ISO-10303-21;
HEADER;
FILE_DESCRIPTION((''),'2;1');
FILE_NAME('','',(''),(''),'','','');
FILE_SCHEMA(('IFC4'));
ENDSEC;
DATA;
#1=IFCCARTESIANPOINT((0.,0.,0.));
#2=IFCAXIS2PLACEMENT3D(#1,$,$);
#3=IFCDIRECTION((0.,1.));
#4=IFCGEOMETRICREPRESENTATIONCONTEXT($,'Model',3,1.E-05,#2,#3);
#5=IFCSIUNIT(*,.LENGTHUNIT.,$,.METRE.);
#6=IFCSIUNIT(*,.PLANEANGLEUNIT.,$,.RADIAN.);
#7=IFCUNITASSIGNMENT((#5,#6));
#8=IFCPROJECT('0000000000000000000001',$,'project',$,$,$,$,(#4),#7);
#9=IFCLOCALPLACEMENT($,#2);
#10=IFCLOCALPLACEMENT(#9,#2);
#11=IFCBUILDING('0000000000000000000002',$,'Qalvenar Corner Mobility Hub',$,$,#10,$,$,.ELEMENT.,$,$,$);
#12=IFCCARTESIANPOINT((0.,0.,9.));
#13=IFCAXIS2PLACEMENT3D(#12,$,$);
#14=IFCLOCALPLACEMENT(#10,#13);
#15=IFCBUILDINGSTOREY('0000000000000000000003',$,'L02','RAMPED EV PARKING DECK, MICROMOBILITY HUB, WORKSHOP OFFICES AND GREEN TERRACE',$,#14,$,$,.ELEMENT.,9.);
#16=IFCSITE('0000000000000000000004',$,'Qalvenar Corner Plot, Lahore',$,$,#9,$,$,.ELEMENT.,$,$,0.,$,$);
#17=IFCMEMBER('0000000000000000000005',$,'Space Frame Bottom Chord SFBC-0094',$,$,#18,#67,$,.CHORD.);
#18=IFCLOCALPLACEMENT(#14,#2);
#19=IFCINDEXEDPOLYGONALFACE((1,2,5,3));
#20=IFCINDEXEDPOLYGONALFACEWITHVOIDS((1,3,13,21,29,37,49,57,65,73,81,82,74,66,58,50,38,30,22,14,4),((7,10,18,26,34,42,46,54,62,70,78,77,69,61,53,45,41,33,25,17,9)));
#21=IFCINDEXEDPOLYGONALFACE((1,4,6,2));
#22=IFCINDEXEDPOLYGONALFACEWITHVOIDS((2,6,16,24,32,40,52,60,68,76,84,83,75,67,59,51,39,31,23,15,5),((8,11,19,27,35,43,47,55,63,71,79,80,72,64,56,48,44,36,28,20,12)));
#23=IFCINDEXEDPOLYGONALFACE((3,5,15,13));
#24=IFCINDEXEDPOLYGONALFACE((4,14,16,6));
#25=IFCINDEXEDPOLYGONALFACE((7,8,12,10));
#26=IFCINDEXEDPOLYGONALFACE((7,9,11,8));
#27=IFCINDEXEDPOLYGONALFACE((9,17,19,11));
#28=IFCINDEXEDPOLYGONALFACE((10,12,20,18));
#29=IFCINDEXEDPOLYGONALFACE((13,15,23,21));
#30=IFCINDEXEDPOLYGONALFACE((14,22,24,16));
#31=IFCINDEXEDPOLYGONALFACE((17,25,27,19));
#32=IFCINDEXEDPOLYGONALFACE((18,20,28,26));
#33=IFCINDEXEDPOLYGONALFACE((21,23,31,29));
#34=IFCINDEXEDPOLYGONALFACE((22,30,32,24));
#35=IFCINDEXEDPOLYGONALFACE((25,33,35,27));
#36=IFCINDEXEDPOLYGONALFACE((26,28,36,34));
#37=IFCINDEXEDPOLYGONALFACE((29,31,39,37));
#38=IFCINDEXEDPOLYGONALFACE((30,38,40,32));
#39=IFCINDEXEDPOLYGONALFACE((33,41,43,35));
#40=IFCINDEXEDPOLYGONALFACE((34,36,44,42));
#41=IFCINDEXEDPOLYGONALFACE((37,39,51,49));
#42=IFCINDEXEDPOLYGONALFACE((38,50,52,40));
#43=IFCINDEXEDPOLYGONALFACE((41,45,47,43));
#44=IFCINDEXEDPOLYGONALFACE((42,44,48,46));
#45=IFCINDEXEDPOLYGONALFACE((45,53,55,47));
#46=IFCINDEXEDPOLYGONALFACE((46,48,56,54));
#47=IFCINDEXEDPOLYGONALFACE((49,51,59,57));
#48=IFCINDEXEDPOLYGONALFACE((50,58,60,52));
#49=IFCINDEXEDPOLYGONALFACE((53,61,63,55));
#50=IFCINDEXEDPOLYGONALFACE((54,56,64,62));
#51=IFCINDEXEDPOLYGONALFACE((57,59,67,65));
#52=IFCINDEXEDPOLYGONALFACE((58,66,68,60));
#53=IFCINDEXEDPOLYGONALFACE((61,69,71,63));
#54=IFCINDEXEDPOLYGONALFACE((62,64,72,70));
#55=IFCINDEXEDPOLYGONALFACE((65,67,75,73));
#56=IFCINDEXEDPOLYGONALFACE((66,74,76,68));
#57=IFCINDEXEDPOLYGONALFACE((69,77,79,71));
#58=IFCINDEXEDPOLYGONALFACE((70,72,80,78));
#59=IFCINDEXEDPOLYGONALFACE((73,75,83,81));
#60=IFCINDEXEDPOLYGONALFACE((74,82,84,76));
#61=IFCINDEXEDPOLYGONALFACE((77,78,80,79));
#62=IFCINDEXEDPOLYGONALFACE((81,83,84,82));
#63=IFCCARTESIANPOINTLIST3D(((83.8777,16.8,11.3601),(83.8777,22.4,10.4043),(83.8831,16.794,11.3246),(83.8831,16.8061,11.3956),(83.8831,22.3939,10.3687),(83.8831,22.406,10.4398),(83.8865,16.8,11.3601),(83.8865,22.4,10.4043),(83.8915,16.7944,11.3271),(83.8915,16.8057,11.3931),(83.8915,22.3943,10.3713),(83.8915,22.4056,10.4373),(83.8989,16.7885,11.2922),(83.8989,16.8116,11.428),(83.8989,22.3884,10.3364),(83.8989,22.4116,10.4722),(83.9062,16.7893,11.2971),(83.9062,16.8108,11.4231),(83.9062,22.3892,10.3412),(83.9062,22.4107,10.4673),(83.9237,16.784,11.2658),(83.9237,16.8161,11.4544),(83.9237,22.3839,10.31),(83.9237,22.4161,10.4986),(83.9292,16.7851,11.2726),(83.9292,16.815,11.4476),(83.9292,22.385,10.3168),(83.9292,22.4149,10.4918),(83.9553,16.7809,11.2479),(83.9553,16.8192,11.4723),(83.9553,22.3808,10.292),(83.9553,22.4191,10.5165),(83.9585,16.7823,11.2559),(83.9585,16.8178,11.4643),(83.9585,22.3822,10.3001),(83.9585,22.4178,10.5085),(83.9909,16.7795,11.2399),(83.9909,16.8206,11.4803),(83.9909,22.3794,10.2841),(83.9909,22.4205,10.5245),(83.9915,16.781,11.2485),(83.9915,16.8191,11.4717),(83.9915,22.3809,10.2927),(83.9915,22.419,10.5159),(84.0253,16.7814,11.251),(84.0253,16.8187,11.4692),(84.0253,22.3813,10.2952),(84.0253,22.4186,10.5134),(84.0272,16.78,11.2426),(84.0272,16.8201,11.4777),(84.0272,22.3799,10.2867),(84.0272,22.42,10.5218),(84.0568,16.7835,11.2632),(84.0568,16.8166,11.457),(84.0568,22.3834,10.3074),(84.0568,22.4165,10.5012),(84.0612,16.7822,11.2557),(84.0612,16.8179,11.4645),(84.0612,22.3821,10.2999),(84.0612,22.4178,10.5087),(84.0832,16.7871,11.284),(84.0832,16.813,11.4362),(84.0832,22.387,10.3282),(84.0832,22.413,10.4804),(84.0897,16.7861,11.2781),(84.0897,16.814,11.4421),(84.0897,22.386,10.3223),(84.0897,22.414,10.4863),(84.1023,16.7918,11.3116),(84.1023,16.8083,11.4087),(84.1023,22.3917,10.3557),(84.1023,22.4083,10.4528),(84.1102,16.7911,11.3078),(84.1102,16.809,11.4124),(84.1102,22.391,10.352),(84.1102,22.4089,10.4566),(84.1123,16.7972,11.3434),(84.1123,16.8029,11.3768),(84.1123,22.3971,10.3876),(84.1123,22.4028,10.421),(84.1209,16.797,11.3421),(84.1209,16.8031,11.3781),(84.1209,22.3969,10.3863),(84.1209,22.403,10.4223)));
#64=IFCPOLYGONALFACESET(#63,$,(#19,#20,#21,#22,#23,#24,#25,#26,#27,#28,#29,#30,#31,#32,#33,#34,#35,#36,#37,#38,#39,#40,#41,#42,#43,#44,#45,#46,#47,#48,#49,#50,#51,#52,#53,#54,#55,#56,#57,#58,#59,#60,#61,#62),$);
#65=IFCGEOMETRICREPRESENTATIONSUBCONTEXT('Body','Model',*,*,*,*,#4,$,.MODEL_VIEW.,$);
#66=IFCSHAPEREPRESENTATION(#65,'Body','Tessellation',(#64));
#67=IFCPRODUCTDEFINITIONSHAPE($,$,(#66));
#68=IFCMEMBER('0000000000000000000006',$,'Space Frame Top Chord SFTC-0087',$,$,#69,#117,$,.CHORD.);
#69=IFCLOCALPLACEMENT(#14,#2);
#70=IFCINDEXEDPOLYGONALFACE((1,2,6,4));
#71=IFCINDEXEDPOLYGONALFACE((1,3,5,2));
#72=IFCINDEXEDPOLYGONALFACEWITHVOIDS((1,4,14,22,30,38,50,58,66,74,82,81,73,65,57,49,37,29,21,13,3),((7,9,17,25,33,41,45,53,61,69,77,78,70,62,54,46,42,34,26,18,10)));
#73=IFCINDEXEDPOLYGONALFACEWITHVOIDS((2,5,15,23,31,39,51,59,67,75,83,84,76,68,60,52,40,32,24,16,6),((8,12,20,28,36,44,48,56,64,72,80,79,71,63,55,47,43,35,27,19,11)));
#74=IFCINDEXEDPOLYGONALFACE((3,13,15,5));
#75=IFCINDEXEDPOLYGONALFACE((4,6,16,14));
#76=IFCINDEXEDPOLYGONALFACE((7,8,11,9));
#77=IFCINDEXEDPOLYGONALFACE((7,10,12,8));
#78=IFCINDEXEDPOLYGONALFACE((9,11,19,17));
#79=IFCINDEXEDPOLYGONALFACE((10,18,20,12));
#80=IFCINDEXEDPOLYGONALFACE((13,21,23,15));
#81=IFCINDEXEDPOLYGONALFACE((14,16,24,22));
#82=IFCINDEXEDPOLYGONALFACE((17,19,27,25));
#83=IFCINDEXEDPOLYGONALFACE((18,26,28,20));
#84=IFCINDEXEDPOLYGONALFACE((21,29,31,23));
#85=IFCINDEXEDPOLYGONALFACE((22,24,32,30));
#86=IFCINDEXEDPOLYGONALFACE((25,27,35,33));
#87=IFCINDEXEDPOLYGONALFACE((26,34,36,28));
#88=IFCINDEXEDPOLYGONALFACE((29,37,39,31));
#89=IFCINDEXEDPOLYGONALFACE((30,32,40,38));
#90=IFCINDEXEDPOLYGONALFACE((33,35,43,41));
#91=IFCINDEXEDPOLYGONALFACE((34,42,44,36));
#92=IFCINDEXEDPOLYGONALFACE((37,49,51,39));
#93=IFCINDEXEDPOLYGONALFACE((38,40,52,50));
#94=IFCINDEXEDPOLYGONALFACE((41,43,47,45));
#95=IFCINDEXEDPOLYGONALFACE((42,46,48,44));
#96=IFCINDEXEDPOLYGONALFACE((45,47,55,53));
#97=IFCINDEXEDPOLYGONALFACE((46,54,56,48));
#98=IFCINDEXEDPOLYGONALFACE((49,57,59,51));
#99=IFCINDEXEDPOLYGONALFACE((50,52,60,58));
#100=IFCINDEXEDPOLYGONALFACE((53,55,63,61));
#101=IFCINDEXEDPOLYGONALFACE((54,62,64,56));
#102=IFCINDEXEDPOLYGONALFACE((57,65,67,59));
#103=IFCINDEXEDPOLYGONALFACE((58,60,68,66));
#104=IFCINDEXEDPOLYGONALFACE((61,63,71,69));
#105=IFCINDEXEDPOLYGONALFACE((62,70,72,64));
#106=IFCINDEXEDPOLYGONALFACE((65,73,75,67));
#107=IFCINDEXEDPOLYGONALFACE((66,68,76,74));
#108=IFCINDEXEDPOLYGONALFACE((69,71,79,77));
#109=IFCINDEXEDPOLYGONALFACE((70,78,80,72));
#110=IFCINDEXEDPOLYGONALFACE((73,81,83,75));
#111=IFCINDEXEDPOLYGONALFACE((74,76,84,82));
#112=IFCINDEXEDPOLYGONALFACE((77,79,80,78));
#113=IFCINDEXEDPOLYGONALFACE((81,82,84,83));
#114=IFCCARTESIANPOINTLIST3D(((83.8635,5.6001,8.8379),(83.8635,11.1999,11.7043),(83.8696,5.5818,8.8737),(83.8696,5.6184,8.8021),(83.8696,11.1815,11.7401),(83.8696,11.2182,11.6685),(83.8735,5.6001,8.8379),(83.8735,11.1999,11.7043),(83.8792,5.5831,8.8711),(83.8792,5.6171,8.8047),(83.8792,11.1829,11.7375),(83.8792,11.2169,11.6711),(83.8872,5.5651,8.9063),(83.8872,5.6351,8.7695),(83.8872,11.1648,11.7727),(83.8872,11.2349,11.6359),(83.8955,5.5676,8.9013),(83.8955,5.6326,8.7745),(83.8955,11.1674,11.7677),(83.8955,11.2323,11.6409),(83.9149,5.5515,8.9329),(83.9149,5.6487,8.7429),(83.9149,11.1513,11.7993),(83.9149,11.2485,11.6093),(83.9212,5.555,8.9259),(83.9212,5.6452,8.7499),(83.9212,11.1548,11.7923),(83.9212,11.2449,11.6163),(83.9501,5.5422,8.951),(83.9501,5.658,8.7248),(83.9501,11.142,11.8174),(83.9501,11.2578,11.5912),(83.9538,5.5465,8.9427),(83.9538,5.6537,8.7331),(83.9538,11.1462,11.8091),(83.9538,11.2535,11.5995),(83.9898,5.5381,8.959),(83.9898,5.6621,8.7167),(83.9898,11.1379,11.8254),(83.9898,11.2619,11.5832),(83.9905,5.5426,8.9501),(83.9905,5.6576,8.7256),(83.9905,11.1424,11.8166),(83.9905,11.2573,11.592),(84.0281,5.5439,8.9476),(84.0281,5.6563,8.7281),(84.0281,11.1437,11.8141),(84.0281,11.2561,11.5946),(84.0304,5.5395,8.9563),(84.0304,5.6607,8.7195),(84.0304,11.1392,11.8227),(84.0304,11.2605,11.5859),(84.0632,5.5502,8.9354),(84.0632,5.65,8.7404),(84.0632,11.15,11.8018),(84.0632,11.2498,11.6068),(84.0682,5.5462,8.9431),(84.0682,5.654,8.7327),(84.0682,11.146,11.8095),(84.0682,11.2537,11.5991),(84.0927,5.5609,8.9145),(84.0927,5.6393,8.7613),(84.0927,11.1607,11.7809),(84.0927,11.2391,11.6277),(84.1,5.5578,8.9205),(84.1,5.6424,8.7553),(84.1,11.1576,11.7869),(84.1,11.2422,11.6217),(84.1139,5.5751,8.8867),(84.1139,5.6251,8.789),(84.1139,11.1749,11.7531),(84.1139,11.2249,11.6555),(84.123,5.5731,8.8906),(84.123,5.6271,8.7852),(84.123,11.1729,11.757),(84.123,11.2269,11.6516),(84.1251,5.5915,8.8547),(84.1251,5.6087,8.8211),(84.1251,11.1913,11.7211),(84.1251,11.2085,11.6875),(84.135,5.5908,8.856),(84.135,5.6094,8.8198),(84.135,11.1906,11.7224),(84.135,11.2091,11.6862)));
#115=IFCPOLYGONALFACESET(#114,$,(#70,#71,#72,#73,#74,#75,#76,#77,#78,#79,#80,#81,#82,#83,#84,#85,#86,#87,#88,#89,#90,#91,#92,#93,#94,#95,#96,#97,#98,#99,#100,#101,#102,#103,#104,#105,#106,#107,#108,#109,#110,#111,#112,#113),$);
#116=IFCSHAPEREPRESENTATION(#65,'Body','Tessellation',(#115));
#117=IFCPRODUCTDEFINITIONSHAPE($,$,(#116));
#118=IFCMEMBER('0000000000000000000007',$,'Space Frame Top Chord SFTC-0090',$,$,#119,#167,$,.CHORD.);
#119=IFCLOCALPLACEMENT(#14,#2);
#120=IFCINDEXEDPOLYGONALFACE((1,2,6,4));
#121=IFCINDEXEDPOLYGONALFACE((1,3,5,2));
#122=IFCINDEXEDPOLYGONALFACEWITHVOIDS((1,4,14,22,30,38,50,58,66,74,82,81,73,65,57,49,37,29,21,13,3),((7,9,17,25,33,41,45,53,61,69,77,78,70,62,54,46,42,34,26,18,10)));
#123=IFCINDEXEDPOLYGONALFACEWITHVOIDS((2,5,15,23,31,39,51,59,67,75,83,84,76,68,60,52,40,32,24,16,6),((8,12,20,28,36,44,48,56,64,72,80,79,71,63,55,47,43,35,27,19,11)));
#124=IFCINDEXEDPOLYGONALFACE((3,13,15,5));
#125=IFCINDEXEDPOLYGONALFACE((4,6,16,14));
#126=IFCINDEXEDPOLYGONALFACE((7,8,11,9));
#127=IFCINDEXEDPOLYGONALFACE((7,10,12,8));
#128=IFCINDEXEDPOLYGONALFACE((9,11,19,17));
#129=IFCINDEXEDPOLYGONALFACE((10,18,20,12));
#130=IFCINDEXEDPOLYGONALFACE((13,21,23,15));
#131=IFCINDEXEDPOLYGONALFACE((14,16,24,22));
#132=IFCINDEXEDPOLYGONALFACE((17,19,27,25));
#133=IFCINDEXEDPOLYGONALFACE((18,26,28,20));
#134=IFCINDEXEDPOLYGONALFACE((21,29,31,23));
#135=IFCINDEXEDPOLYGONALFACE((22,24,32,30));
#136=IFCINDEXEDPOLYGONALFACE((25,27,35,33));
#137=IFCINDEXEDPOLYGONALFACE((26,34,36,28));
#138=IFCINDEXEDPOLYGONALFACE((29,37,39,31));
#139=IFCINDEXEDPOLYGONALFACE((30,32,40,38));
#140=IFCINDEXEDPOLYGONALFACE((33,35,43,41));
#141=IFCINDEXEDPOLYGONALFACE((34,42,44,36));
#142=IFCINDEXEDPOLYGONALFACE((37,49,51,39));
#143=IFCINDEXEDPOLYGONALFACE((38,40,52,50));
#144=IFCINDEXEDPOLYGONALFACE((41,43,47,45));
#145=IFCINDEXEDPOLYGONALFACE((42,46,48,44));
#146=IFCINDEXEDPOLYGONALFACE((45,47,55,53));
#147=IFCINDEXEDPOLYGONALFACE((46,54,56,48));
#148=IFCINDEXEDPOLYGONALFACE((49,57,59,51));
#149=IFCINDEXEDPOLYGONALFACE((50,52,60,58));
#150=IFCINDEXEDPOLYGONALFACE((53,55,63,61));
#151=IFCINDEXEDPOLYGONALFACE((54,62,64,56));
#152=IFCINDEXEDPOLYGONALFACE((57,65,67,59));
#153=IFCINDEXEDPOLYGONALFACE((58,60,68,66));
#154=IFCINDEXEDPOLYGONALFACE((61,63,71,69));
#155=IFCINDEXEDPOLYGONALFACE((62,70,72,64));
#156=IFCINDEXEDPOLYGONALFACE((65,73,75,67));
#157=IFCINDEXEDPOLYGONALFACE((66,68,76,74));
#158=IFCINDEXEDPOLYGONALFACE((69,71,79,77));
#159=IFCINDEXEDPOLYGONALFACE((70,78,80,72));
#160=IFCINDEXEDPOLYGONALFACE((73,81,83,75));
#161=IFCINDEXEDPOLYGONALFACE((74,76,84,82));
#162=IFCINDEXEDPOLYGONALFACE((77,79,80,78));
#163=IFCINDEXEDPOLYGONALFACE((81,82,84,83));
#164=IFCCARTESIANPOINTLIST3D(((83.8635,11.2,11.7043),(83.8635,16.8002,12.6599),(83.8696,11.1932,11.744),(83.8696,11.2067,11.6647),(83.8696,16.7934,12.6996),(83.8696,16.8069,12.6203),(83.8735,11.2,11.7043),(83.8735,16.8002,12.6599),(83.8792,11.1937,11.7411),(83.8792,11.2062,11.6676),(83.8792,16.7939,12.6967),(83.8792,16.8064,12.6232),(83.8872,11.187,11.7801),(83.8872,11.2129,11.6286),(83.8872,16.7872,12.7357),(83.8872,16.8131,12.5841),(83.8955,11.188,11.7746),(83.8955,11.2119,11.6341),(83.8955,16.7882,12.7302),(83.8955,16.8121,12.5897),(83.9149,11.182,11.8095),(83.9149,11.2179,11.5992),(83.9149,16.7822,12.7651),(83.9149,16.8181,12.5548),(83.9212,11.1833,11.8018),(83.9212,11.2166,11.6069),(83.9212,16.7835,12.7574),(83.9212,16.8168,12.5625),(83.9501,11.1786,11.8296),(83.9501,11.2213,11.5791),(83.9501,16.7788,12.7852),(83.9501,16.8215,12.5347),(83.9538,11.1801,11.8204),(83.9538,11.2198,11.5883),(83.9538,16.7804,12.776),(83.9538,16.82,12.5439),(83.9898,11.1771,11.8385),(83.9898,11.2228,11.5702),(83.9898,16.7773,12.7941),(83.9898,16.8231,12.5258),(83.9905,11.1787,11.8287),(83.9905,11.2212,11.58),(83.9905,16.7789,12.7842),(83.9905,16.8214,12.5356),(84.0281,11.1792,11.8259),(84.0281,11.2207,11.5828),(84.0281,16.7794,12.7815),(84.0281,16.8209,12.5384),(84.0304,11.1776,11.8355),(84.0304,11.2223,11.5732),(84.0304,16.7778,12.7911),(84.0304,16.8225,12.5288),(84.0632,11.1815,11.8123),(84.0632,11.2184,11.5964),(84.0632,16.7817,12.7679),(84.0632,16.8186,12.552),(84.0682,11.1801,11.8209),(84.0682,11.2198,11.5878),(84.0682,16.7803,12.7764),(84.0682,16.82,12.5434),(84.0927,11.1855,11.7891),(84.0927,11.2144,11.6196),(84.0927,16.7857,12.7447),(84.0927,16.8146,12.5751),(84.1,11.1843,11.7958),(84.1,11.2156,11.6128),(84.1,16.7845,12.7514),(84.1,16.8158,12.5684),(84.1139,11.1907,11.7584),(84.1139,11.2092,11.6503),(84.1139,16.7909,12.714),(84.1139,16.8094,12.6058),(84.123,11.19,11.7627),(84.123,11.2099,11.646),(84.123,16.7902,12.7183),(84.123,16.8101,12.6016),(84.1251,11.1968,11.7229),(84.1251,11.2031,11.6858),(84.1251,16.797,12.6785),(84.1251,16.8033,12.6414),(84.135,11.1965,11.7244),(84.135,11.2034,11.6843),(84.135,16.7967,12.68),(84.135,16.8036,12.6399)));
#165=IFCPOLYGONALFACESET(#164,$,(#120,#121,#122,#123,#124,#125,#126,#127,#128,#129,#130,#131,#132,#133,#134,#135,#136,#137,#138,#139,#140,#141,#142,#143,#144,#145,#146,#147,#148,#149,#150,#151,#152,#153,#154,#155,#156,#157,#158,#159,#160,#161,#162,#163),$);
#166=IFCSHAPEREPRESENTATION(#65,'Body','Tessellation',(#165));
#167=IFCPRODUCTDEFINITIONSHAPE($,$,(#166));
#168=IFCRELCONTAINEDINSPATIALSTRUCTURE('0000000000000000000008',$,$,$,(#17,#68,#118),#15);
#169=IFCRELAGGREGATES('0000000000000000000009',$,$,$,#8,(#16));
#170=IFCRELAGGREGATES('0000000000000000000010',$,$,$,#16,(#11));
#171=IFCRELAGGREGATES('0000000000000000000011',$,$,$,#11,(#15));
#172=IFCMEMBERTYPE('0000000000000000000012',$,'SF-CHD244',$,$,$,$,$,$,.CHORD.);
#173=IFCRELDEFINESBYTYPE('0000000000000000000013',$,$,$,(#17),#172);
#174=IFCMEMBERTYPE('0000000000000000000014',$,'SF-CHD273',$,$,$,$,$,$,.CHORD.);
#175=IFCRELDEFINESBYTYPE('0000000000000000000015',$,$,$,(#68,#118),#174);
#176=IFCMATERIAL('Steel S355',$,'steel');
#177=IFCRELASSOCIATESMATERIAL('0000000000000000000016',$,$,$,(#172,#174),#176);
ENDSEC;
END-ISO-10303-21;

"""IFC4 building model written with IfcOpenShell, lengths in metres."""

from ifc_helpers import new_model, si_unit, direction, frame, origin, origin_2d, place, context, subcontext, project, spatial, hollow_circle, extrude, material, material_profile, profile_set, type_object, element, save


model = new_model("IFC4")

# Units and contexts
model_context = context("Model", 3, precision=1e-05, world=origin(), true_north=direction((0.0, 1.0)))
body_context = subcontext(model_context, "Body", "Model", "MODEL_VIEW")
ifc_project = project(units=[si_unit("LENGTHUNIT", "METRE"), si_unit("PLANEANGLEUNIT", "RADIAN")], contexts=[model_context])

# Site, building, storey
site_placement = place(None, origin())
site = spatial("IfcSite", under=ifc_project, at=site_placement, Name="Qalvenar Corner Plot, Lahore", CompositionType="ELEMENT", RefElevation=0.0)
building_placement = place(site_placement, origin())
building = spatial("IfcBuilding", under=site, at=building_placement, Name="Qalvenar Corner Mobility Hub", CompositionType="ELEMENT")
storey_placement = place(building_placement, frame((0.0, 0.0, 9.0)))
storey = spatial("IfcBuildingStorey", under=building, at=storey_placement, Name="L02", Description="RAMPED EV PARKING DECK, MICROMOBILITY HUB, WORKSHOP OFFICES AND GREEN TERRACE", CompositionType="ELEMENT", Elevation=9.0)

# Members
ifc_material_1 = material(Name="Steel S355", Category="steel")
ifc_material_profile_1 = material_profile(ifc_material_1, hollow_circle(Radius=0.1223, WallThickness=0.0088, at=origin_2d()), Name="CHS244.5x8.8")
ifc_profile_set_1 = profile_set([ifc_material_profile_1], Name="Steel S355")
member_type_1 = type_object("IfcMemberType", Name="SF-CHD244", PredefinedType="CHORD", material=ifc_profile_set_1)
member_1_placement = place(storey_placement, frame((84.0, 16.8, 11.3601), z_axis=(0.0, 0.985744, -0.168252), x_axis=(-1.0, 0.0, 0.0)))
element("IfcMember", 1, at=member_1_placement, inside=storey, type_object=member_type_1, Name="Space Frame Bottom Chord SFBC-0094", PredefinedType="CHORD", context=body_context, shape_type="SweptSolid", body=[
    extrude(hollow_circle(Radius=0.1223, WallThickness=0.0088, at=origin_2d()), origin(), (0.0, 0.0, 1.0), 5.6809),
])
ifc_material_profile_2 = material_profile(ifc_material_1, hollow_circle(Radius=0.1365, WallThickness=0.01, at=origin_2d()), Name="CHS273x10")
ifc_profile_set_2 = profile_set([ifc_material_profile_2], Name="Steel S355")
member_type_2 = type_object("IfcMemberType", Name="SF-CHD273", PredefinedType="CHORD", material=ifc_profile_set_2)
member_2_placement = place(storey_placement, frame((84.0, 5.6001, 8.8379), z_axis=(0.0, 0.890157, 0.455654), x_axis=(-1.0, 0.0, 0.0)))
element("IfcMember", 2, at=member_2_placement, inside=storey, type_object=member_type_2, Name="Space Frame Top Chord SFTC-0087", PredefinedType="CHORD", context=body_context, shape_type="SweptSolid", body=[
    extrude(hollow_circle(Radius=0.1365, WallThickness=0.01, at=origin_2d()), origin(), (0.0, 0.0, 1.0), 6.2908),
])
member_3_placement = place(storey_placement, frame((84.0, 11.2, 11.7043), z_axis=(0.0, 0.985752, 0.168203), x_axis=(-1.0, 0.0, 0.0)))
element("IfcMember", 3, at=member_3_placement, inside=storey, type_object=member_type_2, Name="Space Frame Top Chord SFTC-0090", PredefinedType="CHORD", context=body_context, shape_type="SweptSolid", body=[
    extrude(hollow_circle(Radius=0.1365, WallThickness=0.01, at=origin_2d()), origin(), (0.0, 0.0, 1.0), 5.6812),
])

save(model, "model.ifc")
